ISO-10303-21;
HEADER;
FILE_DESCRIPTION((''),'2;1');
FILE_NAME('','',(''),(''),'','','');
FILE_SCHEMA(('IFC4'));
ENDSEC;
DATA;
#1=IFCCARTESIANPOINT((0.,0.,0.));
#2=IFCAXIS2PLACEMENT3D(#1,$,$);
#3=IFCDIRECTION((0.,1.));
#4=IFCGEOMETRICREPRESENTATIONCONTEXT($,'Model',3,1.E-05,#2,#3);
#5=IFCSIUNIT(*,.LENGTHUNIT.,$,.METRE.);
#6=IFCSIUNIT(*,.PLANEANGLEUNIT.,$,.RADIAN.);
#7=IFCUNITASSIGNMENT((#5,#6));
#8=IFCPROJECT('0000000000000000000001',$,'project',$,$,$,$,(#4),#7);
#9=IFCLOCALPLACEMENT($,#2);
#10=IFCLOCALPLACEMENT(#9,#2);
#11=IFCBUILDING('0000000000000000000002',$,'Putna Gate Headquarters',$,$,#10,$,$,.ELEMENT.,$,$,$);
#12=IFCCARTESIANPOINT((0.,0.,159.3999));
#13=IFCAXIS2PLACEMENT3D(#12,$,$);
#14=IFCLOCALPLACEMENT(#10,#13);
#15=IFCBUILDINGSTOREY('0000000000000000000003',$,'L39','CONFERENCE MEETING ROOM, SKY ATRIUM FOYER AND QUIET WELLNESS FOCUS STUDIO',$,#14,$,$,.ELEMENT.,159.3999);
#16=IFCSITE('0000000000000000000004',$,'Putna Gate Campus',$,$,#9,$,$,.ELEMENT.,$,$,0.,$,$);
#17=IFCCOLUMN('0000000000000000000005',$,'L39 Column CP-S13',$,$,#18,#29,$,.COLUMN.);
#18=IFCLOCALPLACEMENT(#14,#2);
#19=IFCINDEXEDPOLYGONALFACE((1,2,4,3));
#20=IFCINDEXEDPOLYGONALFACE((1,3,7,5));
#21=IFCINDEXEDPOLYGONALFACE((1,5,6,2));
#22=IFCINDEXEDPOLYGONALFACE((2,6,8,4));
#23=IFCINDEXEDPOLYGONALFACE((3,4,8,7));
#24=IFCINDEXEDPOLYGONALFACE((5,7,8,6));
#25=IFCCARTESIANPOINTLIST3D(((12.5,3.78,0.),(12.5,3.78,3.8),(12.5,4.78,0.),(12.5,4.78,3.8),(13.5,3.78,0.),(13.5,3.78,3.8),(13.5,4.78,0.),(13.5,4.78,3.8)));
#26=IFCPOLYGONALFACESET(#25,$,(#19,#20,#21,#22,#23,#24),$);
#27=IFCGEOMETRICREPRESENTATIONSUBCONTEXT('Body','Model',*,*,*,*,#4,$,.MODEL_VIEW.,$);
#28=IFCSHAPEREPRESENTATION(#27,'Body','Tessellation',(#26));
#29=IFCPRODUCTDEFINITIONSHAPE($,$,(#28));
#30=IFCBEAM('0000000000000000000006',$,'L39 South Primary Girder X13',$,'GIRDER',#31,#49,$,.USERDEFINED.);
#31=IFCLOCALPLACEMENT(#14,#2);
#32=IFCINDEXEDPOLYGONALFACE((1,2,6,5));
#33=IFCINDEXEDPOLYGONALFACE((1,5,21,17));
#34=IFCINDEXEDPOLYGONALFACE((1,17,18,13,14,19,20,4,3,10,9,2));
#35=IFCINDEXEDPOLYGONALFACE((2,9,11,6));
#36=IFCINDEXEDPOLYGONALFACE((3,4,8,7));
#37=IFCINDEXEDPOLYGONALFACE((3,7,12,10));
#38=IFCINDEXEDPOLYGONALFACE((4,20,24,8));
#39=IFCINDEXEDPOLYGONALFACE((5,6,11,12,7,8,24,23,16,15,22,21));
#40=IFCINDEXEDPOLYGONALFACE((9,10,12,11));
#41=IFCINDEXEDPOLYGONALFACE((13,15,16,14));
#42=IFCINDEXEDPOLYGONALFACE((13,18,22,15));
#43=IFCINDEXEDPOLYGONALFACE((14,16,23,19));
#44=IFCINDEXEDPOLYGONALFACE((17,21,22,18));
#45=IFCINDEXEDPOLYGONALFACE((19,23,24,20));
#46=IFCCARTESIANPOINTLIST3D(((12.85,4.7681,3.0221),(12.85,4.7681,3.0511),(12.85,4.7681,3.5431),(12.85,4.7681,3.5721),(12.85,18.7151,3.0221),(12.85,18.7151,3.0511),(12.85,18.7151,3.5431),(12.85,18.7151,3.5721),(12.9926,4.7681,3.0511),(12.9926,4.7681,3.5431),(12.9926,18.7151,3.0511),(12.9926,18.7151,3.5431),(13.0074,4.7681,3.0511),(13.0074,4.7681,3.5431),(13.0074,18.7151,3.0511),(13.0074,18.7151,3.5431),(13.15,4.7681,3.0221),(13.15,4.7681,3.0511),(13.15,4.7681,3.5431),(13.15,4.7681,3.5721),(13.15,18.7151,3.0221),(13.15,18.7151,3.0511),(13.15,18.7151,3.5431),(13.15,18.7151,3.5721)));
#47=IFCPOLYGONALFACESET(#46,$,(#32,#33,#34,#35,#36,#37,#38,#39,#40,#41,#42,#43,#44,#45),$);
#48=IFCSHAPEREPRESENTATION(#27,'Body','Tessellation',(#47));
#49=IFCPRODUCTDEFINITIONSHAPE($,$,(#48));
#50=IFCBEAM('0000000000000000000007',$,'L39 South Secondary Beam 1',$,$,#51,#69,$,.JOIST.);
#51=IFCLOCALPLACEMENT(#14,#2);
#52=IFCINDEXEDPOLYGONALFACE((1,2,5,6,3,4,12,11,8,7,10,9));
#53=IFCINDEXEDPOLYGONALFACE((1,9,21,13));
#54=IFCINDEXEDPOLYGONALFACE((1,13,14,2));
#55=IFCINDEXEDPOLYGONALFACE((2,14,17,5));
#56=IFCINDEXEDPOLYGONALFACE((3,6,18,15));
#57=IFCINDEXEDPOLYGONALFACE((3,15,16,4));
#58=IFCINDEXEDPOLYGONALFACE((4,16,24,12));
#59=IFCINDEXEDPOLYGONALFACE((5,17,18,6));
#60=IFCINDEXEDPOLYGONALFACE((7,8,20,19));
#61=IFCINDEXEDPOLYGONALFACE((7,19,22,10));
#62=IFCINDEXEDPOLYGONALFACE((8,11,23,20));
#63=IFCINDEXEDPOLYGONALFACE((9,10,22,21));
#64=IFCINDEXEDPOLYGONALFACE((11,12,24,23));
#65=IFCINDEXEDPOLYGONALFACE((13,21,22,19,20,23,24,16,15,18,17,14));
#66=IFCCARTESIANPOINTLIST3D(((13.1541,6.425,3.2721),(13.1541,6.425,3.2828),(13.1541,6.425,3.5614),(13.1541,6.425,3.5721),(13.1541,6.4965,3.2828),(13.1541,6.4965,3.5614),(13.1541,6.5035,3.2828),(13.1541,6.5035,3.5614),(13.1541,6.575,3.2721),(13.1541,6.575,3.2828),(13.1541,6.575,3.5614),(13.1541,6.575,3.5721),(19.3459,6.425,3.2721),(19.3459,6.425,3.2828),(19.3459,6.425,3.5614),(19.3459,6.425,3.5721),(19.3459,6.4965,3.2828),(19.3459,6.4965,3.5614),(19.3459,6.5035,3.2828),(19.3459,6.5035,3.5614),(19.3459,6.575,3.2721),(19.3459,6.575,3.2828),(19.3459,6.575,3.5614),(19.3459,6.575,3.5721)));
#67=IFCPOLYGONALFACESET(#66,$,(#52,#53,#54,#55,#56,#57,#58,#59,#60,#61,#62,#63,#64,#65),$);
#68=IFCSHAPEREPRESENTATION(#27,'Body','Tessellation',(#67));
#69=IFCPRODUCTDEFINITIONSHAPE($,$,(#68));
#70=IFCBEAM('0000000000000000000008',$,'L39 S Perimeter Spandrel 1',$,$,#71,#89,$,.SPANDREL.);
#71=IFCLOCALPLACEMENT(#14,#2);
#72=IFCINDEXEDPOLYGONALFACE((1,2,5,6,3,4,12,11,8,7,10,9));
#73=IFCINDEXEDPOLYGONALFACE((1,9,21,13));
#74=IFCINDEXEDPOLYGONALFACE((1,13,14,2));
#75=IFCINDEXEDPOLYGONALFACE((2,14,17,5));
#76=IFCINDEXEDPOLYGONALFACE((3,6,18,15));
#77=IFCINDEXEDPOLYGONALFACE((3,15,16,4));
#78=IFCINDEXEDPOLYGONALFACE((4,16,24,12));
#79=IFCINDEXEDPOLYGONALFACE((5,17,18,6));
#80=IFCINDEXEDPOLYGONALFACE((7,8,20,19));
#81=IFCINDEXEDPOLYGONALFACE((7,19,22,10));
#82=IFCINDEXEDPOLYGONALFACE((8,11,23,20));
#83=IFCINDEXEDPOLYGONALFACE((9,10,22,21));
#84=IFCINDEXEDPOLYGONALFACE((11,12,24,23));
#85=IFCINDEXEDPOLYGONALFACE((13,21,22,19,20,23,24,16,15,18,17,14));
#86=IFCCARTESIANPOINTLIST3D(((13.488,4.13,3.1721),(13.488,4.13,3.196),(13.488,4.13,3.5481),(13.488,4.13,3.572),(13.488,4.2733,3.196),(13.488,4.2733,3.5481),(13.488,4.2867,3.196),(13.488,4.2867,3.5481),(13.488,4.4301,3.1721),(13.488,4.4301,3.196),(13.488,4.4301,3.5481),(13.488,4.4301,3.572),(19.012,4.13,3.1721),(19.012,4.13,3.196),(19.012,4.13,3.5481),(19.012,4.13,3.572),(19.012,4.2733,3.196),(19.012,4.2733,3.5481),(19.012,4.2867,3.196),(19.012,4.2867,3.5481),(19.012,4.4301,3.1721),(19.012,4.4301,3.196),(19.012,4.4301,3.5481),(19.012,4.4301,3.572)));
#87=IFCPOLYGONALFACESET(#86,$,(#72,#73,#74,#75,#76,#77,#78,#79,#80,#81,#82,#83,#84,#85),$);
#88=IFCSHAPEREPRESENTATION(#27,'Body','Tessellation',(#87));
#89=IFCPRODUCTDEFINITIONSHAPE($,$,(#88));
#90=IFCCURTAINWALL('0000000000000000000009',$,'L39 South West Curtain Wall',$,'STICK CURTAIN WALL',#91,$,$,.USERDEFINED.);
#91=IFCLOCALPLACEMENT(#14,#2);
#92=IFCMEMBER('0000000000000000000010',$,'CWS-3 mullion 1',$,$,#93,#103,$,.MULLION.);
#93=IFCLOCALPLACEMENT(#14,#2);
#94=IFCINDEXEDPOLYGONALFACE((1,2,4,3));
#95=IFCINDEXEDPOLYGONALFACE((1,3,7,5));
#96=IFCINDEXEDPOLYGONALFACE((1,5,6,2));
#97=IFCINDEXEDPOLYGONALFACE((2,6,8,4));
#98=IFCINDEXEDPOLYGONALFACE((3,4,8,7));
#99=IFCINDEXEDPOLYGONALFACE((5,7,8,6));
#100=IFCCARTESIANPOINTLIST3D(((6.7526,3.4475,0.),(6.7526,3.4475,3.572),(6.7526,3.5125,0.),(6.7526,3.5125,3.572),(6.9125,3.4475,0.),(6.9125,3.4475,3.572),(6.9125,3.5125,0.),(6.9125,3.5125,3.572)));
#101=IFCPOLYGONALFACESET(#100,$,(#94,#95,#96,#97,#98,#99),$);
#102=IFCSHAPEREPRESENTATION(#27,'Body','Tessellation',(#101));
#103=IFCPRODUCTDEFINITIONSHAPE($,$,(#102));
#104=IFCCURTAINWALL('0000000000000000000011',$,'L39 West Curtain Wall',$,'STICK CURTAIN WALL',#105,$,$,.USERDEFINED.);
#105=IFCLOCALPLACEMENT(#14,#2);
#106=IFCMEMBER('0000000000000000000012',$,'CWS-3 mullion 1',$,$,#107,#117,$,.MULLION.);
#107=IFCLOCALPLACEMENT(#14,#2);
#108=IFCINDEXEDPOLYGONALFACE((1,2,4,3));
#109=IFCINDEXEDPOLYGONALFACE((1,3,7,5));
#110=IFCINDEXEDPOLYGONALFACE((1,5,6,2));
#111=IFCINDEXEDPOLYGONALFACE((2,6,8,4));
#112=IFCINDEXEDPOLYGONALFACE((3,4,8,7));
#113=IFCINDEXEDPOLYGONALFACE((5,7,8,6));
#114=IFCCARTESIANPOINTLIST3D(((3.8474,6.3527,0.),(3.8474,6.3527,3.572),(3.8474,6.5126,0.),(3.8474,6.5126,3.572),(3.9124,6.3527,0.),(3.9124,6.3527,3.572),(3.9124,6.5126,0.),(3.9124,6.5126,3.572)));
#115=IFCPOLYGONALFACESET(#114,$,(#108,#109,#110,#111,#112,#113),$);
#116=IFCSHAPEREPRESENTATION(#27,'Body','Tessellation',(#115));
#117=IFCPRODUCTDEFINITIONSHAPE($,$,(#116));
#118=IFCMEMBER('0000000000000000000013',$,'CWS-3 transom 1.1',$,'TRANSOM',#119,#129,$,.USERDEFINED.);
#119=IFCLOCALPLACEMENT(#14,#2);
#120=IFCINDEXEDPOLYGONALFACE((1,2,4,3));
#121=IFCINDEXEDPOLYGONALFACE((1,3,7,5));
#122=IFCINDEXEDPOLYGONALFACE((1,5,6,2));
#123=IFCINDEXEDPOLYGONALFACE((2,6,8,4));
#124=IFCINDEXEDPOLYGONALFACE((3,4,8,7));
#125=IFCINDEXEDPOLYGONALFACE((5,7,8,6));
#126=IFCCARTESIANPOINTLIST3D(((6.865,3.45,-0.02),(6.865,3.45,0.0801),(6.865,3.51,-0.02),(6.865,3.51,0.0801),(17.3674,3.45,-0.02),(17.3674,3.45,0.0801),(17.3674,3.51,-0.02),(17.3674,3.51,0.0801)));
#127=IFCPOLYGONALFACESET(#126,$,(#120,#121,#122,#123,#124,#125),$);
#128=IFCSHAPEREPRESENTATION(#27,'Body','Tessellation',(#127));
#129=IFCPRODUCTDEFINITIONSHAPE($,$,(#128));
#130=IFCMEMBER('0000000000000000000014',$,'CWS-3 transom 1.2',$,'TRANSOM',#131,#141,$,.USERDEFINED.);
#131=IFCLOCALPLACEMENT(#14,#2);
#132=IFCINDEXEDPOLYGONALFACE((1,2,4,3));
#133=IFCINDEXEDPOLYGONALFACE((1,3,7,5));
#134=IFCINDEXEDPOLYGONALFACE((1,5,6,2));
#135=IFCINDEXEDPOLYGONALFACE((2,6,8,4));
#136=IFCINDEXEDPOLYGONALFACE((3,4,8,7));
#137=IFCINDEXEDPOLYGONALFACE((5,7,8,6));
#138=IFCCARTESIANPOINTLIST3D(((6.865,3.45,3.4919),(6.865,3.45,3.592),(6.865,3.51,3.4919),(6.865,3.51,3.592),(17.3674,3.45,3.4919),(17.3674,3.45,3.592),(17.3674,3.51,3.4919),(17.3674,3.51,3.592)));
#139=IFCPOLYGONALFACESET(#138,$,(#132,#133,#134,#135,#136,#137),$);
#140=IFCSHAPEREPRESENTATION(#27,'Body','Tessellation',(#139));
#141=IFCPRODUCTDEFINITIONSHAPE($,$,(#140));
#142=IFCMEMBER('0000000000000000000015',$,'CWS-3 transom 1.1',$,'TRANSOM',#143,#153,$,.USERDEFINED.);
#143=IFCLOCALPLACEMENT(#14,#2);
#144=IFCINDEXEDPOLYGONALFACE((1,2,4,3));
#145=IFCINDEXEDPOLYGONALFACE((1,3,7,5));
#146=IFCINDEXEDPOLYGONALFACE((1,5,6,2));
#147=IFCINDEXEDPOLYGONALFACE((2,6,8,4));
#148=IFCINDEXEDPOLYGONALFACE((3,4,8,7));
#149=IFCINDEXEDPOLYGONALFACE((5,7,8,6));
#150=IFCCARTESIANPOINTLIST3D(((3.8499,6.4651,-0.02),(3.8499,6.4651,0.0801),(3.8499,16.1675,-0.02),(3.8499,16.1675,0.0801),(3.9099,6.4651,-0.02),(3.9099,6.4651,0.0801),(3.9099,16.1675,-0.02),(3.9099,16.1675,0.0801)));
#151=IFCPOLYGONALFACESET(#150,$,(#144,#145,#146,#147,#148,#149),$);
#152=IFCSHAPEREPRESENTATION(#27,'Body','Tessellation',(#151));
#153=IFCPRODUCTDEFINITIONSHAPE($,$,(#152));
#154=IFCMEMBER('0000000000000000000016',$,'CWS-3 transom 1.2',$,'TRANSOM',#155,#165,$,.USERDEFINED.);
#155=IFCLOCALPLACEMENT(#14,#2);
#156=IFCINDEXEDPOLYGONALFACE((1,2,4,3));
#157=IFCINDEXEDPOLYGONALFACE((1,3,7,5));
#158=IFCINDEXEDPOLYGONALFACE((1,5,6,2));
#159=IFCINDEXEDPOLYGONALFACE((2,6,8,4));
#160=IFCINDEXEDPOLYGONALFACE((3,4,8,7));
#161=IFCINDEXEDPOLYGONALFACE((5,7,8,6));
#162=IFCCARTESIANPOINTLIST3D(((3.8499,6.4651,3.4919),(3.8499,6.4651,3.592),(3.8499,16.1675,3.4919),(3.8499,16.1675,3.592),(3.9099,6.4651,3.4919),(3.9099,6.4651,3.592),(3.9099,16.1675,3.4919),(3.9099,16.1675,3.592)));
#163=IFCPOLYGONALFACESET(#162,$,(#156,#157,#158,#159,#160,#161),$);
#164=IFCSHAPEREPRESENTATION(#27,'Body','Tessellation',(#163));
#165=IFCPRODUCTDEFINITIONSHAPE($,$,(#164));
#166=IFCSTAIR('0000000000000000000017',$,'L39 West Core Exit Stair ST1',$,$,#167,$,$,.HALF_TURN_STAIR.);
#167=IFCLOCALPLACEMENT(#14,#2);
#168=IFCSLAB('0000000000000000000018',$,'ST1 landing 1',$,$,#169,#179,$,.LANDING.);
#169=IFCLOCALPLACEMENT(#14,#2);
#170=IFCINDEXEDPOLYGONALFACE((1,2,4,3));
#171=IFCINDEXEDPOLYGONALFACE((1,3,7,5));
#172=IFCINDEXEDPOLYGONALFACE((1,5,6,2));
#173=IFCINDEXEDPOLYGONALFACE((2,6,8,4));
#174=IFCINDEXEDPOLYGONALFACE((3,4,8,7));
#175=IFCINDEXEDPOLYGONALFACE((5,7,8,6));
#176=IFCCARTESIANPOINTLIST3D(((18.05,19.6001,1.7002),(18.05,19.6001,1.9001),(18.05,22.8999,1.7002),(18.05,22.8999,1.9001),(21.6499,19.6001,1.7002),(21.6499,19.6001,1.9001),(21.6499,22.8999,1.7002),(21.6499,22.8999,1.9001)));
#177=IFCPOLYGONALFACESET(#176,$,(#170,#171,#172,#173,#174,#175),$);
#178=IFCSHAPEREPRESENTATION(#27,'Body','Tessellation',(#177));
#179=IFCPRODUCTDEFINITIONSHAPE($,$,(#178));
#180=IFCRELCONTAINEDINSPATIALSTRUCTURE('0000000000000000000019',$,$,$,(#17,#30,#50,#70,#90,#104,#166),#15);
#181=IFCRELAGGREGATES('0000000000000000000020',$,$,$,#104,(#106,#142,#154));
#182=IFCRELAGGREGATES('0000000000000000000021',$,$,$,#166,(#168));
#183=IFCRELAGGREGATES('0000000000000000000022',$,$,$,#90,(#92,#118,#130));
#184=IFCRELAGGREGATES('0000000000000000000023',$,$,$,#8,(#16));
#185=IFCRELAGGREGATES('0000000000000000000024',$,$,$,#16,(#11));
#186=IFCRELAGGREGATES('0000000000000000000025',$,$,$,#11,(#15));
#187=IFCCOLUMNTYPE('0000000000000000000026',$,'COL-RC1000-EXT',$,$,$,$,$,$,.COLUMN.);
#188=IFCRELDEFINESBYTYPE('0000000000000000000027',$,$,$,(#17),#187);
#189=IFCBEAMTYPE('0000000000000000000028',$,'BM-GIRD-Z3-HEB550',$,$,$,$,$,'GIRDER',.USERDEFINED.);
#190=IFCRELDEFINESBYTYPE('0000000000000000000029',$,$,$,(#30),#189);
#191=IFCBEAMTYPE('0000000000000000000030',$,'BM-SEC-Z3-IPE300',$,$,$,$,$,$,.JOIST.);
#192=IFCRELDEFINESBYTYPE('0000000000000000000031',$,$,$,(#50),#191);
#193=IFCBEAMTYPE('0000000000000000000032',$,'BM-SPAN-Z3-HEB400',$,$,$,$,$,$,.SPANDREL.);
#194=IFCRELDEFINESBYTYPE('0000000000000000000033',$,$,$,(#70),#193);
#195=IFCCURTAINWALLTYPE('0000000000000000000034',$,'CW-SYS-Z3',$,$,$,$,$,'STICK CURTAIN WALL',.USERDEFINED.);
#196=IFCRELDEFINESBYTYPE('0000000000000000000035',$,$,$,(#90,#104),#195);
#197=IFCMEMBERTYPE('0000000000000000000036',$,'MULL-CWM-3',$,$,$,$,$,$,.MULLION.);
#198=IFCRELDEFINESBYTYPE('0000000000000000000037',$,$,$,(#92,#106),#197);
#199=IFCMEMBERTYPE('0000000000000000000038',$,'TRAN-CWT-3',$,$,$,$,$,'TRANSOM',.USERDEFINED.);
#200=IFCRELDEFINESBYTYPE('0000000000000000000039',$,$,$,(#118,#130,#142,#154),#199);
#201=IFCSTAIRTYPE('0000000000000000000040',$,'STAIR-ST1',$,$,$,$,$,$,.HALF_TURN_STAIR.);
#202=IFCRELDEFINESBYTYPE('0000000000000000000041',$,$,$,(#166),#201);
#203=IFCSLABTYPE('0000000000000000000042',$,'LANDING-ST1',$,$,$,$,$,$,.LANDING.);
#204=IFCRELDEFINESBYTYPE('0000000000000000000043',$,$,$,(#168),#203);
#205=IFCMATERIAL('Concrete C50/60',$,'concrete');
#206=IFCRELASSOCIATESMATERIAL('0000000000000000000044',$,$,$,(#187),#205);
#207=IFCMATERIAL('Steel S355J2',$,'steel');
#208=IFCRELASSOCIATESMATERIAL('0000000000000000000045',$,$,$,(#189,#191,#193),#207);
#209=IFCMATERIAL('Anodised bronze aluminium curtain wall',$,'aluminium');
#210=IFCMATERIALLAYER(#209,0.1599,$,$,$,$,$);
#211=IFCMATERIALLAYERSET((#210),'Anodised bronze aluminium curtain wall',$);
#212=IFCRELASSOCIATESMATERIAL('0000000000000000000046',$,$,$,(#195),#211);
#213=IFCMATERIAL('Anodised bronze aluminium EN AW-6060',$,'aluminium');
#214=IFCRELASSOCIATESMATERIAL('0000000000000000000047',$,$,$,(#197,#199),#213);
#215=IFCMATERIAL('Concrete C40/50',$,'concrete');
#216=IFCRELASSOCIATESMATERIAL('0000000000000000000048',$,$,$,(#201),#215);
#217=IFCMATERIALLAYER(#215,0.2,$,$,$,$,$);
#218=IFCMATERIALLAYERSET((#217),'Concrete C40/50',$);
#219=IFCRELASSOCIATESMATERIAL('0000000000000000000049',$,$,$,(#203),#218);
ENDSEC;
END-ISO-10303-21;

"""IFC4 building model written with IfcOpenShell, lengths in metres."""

from ifc_helpers import new_model, si_unit, direction, frame, origin, origin_2d, place, context, subcontext, project, spatial, polyline, rectangle, i_section, outline, extrude, material, layer, layer_set, material_profile, profile_set, type_object, element, aggregate, save


model = new_model("IFC4")

# Units and contexts
model_context = context("Model", 3, precision=1e-05, world=origin(), true_north=direction((0.0, 1.0)))
body_context = subcontext(model_context, "Body", "Model", "MODEL_VIEW")
ifc_project = project(units=[si_unit("LENGTHUNIT", "METRE"), si_unit("PLANEANGLEUNIT", "RADIAN")], contexts=[model_context])

# Site, building, storey
site_placement = place(None, origin())
site = spatial("IfcSite", under=ifc_project, at=site_placement, Name="Putna Gate Campus", CompositionType="ELEMENT", RefElevation=0.0)
building_placement = place(site_placement, origin())
building = spatial("IfcBuilding", under=site, at=building_placement, Name="Putna Gate Headquarters", CompositionType="ELEMENT")
storey_placement = place(building_placement, frame((0.0, 0.0, 159.3999)))
storey = spatial("IfcBuildingStorey", under=building, at=storey_placement, Name="L39", Description="CONFERENCE MEETING ROOM, SKY ATRIUM FOYER AND QUIET WELLNESS FOCUS STUDIO", CompositionType="ELEMENT", Elevation=159.3999)

# Column
ifc_material_1 = material(Name="Concrete C50/60", Category="concrete")
ifc_material_profile_1 = material_profile(ifc_material_1, rectangle(XDim=1.0, YDim=1.0, at=origin_2d()), Name="Concrete C50/60")
ifc_profile_set_1 = profile_set([ifc_material_profile_1], Name="Concrete C50/60")
column_type = type_object("IfcColumnType", Name="COL-RC1000-EXT", PredefinedType="COLUMN", material=ifc_profile_set_1)
column_placement = place(storey_placement, frame((13.0, 4.28, 0.0), z_axis=(0.0, 0.0, 1.0), x_axis=(1.0, 0.0, 0.0)))
element("IfcColumn", 1, at=column_placement, inside=storey, type_object=column_type, Name="L39 Column CP-S13", PredefinedType="COLUMN", context=body_context, shape_type="SweptSolid", body=[
    extrude(rectangle(XDim=1.0, YDim=1.0, at=origin_2d()), origin(), (0.0, 0.0, 1.0), 3.8),
])

# Beams
ifc_material_2 = material(Name="Steel S355J2", Category="steel")
ifc_material_profile_2 = material_profile(ifc_material_2, i_section(OverallWidth=0.3, OverallDepth=0.55, WebThickness=0.0149, FlangeThickness=0.0291, at=origin_2d()), Name="Steel S355J2")
ifc_profile_set_2 = profile_set([ifc_material_profile_2], Name="Steel S355J2")
beam_type_1 = type_object("IfcBeamType", Name="BM-GIRD-Z3-HEB550", ElementType="GIRDER", PredefinedType="USERDEFINED", material=ifc_profile_set_2)
beam_1_placement = place(storey_placement, frame((13.0, 4.7681, 3.2971), z_axis=(0.0, 1.0, 0.0), x_axis=(-1.0, 0.0, 0.0)))
element("IfcBeam", 2, at=beam_1_placement, inside=storey, type_object=beam_type_1, Name="L39 South Primary Girder X13", ObjectType="GIRDER", PredefinedType="USERDEFINED", context=body_context, shape_type="SweptSolid", body=[
    extrude(i_section(OverallWidth=0.3, OverallDepth=0.55, WebThickness=0.0149, FlangeThickness=0.0291, at=origin_2d()), origin(), (0.0, 0.0, 1.0), 13.947),
])
ifc_material_profile_3 = material_profile(ifc_material_2, i_section(OverallWidth=0.1499, OverallDepth=0.3, WebThickness=0.0071, FlangeThickness=0.0107, at=origin_2d()), Name="Steel S355J2")
ifc_profile_set_3 = profile_set([ifc_material_profile_3], Name="Steel S355J2")
beam_type_2 = type_object("IfcBeamType", Name="BM-SEC-Z3-IPE300", PredefinedType="JOIST", material=ifc_profile_set_3)
beam_2_placement = place(storey_placement, frame((13.1541, 6.5, 3.4221), z_axis=(1.0, 0.0, 0.0), x_axis=(0.0, 1.0, 0.0)))
element("IfcBeam", 3, at=beam_2_placement, inside=storey, type_object=beam_type_2, Name="L39 South Secondary Beam 1", PredefinedType="JOIST", context=body_context, shape_type="SweptSolid", body=[
    extrude(i_section(OverallWidth=0.1499, OverallDepth=0.3, WebThickness=0.0071, FlangeThickness=0.0107, at=origin_2d()), origin(), (0.0, 0.0, 1.0), 6.1919),
])
ifc_material_profile_4 = material_profile(ifc_material_2, i_section(OverallWidth=0.3, OverallDepth=0.3999, WebThickness=0.0134, FlangeThickness=0.0239, at=origin_2d()), Name="Steel S355J2")
ifc_profile_set_4 = profile_set([ifc_material_profile_4], Name="Steel S355J2")
beam_type_3 = type_object("IfcBeamType", Name="BM-SPAN-Z3-HEB400", PredefinedType="SPANDREL", material=ifc_profile_set_4)
beam_3_placement = place(storey_placement, frame((13.488, 4.28, 3.3721), z_axis=(1.0, 0.0, 0.0), x_axis=(0.0, 1.0, 0.0)))
element("IfcBeam", 4, at=beam_3_placement, inside=storey, type_object=beam_type_3, Name="L39 S Perimeter Spandrel 1", PredefinedType="SPANDREL", context=body_context, shape_type="SweptSolid", body=[
    extrude(i_section(OverallWidth=0.3, OverallDepth=0.3999, WebThickness=0.0134, FlangeThickness=0.0239, at=origin_2d()), origin(), (0.0, 0.0, 1.0), 5.5239),
])

# Curtain walls, members
ifc_material_3 = material(Name="Anodised bronze aluminium curtain wall", Category="aluminium")
ifc_layer_1 = layer(ifc_material_3, 0.1599)
ifc_layer_set_1 = layer_set([ifc_layer_1], Name="Anodised bronze aluminium curtain wall")
curtain_wall_type = type_object("IfcCurtainWallType", Name="CW-SYS-Z3", ElementType="STICK CURTAIN WALL", PredefinedType="USERDEFINED", material=ifc_layer_set_1)
curtain_wall_1_placement = place(storey_placement, origin())
curtain_wall_1 = element("IfcCurtainWall", 5, at=curtain_wall_1_placement, inside=storey, type_object=curtain_wall_type, Name="L39 South West Curtain Wall", ObjectType="STICK CURTAIN WALL", PredefinedType="USERDEFINED")
ifc_material_4 = material(Name="Anodised bronze aluminium EN AW-6060", Category="aluminium")
ifc_material_profile_5 = material_profile(ifc_material_4, rectangle(XDim=0.0649, YDim=0.1599, at=origin_2d()), Name="Anodised bronze aluminium EN AW-6060")
ifc_profile_set_5 = profile_set([ifc_material_profile_5], Name="Anodised bronze aluminium EN AW-6060")
member_type_1 = type_object("IfcMemberType", Name="MULL-CWM-3", PredefinedType="MULLION", material=ifc_profile_set_5)
member_1_placement = place(storey_placement, frame((6.8325, 3.48, 0.0), z_axis=(0.0, 0.0, 1.0), x_axis=(0.0, 1.0, 0.0)))
member_1 = element("IfcMember", 6, at=member_1_placement, type_object=member_type_1, Name="CWS-3 mullion 1", PredefinedType="MULLION", context=body_context, shape_type="SweptSolid", body=[
    extrude(rectangle(XDim=0.0649, YDim=0.1599, at=origin_2d()), origin(), (0.0, 0.0, 1.0), 3.572),
])
curtain_wall_2_placement = place(storey_placement, origin())
curtain_wall_2 = element("IfcCurtainWall", 7, at=curtain_wall_2_placement, inside=storey, type_object=curtain_wall_type, Name="L39 West Curtain Wall", ObjectType="STICK CURTAIN WALL", PredefinedType="USERDEFINED")
member_2_placement = place(storey_placement, frame((3.8799, 6.4326, 0.0), z_axis=(0.0, 0.0, 1.0), x_axis=(-1.0, 0.0, 0.0)))
member_2 = element("IfcMember", 8, at=member_2_placement, type_object=member_type_1, Name="CWS-3 mullion 1", PredefinedType="MULLION", context=body_context, shape_type="SweptSolid", body=[
    extrude(rectangle(XDim=0.0649, YDim=0.1599, at=origin_2d()), origin(), (0.0, 0.0, 1.0), 3.572),
])

# Members
ifc_material_profile_6 = material_profile(ifc_material_4, rectangle(XDim=0.0601, YDim=0.1001, at=origin_2d()), Name="Anodised bronze aluminium EN AW-6060")
ifc_profile_set_6 = profile_set([ifc_material_profile_6], Name="Anodised bronze aluminium EN AW-6060")
member_type_2 = type_object("IfcMemberType", Name="TRAN-CWT-3", ElementType="TRANSOM", PredefinedType="USERDEFINED", material=ifc_profile_set_6)
member_3_placement = place(storey_placement, frame((6.865, 3.48, 0.03), z_axis=(1.0, 0.0, 0.0), x_axis=(0.0, 1.0, 0.0)))
member_3 = element("IfcMember", 9, at=member_3_placement, type_object=member_type_2, Name="CWS-3 transom 1.1", ObjectType="TRANSOM", PredefinedType="USERDEFINED", context=body_context, shape_type="SweptSolid", body=[
    extrude(rectangle(XDim=0.0601, YDim=0.1001, at=origin_2d()), origin(), (0.0, 0.0, 1.0), 10.5024),
])
member_4_placement = place(storey_placement, frame((6.865, 3.48, 3.542), z_axis=(1.0, 0.0, 0.0), x_axis=(0.0, 1.0, 0.0)))
member_4 = element("IfcMember", 10, at=member_4_placement, type_object=member_type_2, Name="CWS-3 transom 1.2", ObjectType="TRANSOM", PredefinedType="USERDEFINED", context=body_context, shape_type="SweptSolid", body=[
    extrude(rectangle(XDim=0.0601, YDim=0.1001, at=origin_2d()), origin(), (0.0, 0.0, 1.0), 10.5024),
])
member_5_placement = place(storey_placement, frame((3.8799, 6.4651, 0.03), z_axis=(0.0, 1.0, 0.0), x_axis=(-1.0, 0.0, 0.0)))
member_5 = element("IfcMember", 11, at=member_5_placement, type_object=member_type_2, Name="CWS-3 transom 1.1", ObjectType="TRANSOM", PredefinedType="USERDEFINED", context=body_context, shape_type="SweptSolid", body=[
    extrude(rectangle(XDim=0.0601, YDim=0.1001, at=origin_2d()), origin(), (0.0, 0.0, 1.0), 9.7024),
])
member_6_placement = place(storey_placement, frame((3.8799, 6.4651, 3.542), z_axis=(0.0, 1.0, 0.0), x_axis=(-1.0, 0.0, 0.0)))
member_6 = element("IfcMember", 12, at=member_6_placement, type_object=member_type_2, Name="CWS-3 transom 1.2", ObjectType="TRANSOM", PredefinedType="USERDEFINED", context=body_context, shape_type="SweptSolid", body=[
    extrude(rectangle(XDim=0.0601, YDim=0.1001, at=origin_2d()), origin(), (0.0, 0.0, 1.0), 9.7024),
])
aggregate(curtain_wall_2, [member_2, member_5, member_6])

# Stair, slab
ifc_material_5 = material(Name="Concrete C40/50", Category="concrete")
stair_type_1 = type_object("IfcStairType", Name="STAIR-ST1", PredefinedType="HALF_TURN_STAIR", material=ifc_material_5)
stair_1_placement = place(storey_placement, origin())
stair_1 = element("IfcStair", 13, at=stair_1_placement, inside=storey, type_object=stair_type_1, Name="L39 West Core Exit Stair ST1", PredefinedType="HALF_TURN_STAIR")
ifc_layer_2 = layer(ifc_material_5, 0.2)
ifc_layer_set_2 = layer_set([ifc_layer_2], Name="Concrete C40/50")
slab_type_1 = type_object("IfcSlabType", Name="LANDING-ST1", PredefinedType="LANDING", material=ifc_layer_set_2)
slab_1_placement = place(storey_placement, frame((0.0, 0.0, 1.7002)))
slab_1 = element("IfcSlab", 14, at=slab_1_placement, type_object=slab_type_1, Name="ST1 landing 1", PredefinedType="LANDING", context=body_context, shape_type="SweptSolid", body=[
    extrude(outline(polyline([(18.05, 19.6001), (21.6499, 19.6001), (21.6499, 22.8999), (18.05, 22.8999), (18.05, 19.6001)])), origin(), (0.0, 0.0, 1.0), 0.2),
])
aggregate(stair_1, [slab_1])

aggregate(curtain_wall_1, [member_1, member_3, member_4])

save(model, "model.ifc")
